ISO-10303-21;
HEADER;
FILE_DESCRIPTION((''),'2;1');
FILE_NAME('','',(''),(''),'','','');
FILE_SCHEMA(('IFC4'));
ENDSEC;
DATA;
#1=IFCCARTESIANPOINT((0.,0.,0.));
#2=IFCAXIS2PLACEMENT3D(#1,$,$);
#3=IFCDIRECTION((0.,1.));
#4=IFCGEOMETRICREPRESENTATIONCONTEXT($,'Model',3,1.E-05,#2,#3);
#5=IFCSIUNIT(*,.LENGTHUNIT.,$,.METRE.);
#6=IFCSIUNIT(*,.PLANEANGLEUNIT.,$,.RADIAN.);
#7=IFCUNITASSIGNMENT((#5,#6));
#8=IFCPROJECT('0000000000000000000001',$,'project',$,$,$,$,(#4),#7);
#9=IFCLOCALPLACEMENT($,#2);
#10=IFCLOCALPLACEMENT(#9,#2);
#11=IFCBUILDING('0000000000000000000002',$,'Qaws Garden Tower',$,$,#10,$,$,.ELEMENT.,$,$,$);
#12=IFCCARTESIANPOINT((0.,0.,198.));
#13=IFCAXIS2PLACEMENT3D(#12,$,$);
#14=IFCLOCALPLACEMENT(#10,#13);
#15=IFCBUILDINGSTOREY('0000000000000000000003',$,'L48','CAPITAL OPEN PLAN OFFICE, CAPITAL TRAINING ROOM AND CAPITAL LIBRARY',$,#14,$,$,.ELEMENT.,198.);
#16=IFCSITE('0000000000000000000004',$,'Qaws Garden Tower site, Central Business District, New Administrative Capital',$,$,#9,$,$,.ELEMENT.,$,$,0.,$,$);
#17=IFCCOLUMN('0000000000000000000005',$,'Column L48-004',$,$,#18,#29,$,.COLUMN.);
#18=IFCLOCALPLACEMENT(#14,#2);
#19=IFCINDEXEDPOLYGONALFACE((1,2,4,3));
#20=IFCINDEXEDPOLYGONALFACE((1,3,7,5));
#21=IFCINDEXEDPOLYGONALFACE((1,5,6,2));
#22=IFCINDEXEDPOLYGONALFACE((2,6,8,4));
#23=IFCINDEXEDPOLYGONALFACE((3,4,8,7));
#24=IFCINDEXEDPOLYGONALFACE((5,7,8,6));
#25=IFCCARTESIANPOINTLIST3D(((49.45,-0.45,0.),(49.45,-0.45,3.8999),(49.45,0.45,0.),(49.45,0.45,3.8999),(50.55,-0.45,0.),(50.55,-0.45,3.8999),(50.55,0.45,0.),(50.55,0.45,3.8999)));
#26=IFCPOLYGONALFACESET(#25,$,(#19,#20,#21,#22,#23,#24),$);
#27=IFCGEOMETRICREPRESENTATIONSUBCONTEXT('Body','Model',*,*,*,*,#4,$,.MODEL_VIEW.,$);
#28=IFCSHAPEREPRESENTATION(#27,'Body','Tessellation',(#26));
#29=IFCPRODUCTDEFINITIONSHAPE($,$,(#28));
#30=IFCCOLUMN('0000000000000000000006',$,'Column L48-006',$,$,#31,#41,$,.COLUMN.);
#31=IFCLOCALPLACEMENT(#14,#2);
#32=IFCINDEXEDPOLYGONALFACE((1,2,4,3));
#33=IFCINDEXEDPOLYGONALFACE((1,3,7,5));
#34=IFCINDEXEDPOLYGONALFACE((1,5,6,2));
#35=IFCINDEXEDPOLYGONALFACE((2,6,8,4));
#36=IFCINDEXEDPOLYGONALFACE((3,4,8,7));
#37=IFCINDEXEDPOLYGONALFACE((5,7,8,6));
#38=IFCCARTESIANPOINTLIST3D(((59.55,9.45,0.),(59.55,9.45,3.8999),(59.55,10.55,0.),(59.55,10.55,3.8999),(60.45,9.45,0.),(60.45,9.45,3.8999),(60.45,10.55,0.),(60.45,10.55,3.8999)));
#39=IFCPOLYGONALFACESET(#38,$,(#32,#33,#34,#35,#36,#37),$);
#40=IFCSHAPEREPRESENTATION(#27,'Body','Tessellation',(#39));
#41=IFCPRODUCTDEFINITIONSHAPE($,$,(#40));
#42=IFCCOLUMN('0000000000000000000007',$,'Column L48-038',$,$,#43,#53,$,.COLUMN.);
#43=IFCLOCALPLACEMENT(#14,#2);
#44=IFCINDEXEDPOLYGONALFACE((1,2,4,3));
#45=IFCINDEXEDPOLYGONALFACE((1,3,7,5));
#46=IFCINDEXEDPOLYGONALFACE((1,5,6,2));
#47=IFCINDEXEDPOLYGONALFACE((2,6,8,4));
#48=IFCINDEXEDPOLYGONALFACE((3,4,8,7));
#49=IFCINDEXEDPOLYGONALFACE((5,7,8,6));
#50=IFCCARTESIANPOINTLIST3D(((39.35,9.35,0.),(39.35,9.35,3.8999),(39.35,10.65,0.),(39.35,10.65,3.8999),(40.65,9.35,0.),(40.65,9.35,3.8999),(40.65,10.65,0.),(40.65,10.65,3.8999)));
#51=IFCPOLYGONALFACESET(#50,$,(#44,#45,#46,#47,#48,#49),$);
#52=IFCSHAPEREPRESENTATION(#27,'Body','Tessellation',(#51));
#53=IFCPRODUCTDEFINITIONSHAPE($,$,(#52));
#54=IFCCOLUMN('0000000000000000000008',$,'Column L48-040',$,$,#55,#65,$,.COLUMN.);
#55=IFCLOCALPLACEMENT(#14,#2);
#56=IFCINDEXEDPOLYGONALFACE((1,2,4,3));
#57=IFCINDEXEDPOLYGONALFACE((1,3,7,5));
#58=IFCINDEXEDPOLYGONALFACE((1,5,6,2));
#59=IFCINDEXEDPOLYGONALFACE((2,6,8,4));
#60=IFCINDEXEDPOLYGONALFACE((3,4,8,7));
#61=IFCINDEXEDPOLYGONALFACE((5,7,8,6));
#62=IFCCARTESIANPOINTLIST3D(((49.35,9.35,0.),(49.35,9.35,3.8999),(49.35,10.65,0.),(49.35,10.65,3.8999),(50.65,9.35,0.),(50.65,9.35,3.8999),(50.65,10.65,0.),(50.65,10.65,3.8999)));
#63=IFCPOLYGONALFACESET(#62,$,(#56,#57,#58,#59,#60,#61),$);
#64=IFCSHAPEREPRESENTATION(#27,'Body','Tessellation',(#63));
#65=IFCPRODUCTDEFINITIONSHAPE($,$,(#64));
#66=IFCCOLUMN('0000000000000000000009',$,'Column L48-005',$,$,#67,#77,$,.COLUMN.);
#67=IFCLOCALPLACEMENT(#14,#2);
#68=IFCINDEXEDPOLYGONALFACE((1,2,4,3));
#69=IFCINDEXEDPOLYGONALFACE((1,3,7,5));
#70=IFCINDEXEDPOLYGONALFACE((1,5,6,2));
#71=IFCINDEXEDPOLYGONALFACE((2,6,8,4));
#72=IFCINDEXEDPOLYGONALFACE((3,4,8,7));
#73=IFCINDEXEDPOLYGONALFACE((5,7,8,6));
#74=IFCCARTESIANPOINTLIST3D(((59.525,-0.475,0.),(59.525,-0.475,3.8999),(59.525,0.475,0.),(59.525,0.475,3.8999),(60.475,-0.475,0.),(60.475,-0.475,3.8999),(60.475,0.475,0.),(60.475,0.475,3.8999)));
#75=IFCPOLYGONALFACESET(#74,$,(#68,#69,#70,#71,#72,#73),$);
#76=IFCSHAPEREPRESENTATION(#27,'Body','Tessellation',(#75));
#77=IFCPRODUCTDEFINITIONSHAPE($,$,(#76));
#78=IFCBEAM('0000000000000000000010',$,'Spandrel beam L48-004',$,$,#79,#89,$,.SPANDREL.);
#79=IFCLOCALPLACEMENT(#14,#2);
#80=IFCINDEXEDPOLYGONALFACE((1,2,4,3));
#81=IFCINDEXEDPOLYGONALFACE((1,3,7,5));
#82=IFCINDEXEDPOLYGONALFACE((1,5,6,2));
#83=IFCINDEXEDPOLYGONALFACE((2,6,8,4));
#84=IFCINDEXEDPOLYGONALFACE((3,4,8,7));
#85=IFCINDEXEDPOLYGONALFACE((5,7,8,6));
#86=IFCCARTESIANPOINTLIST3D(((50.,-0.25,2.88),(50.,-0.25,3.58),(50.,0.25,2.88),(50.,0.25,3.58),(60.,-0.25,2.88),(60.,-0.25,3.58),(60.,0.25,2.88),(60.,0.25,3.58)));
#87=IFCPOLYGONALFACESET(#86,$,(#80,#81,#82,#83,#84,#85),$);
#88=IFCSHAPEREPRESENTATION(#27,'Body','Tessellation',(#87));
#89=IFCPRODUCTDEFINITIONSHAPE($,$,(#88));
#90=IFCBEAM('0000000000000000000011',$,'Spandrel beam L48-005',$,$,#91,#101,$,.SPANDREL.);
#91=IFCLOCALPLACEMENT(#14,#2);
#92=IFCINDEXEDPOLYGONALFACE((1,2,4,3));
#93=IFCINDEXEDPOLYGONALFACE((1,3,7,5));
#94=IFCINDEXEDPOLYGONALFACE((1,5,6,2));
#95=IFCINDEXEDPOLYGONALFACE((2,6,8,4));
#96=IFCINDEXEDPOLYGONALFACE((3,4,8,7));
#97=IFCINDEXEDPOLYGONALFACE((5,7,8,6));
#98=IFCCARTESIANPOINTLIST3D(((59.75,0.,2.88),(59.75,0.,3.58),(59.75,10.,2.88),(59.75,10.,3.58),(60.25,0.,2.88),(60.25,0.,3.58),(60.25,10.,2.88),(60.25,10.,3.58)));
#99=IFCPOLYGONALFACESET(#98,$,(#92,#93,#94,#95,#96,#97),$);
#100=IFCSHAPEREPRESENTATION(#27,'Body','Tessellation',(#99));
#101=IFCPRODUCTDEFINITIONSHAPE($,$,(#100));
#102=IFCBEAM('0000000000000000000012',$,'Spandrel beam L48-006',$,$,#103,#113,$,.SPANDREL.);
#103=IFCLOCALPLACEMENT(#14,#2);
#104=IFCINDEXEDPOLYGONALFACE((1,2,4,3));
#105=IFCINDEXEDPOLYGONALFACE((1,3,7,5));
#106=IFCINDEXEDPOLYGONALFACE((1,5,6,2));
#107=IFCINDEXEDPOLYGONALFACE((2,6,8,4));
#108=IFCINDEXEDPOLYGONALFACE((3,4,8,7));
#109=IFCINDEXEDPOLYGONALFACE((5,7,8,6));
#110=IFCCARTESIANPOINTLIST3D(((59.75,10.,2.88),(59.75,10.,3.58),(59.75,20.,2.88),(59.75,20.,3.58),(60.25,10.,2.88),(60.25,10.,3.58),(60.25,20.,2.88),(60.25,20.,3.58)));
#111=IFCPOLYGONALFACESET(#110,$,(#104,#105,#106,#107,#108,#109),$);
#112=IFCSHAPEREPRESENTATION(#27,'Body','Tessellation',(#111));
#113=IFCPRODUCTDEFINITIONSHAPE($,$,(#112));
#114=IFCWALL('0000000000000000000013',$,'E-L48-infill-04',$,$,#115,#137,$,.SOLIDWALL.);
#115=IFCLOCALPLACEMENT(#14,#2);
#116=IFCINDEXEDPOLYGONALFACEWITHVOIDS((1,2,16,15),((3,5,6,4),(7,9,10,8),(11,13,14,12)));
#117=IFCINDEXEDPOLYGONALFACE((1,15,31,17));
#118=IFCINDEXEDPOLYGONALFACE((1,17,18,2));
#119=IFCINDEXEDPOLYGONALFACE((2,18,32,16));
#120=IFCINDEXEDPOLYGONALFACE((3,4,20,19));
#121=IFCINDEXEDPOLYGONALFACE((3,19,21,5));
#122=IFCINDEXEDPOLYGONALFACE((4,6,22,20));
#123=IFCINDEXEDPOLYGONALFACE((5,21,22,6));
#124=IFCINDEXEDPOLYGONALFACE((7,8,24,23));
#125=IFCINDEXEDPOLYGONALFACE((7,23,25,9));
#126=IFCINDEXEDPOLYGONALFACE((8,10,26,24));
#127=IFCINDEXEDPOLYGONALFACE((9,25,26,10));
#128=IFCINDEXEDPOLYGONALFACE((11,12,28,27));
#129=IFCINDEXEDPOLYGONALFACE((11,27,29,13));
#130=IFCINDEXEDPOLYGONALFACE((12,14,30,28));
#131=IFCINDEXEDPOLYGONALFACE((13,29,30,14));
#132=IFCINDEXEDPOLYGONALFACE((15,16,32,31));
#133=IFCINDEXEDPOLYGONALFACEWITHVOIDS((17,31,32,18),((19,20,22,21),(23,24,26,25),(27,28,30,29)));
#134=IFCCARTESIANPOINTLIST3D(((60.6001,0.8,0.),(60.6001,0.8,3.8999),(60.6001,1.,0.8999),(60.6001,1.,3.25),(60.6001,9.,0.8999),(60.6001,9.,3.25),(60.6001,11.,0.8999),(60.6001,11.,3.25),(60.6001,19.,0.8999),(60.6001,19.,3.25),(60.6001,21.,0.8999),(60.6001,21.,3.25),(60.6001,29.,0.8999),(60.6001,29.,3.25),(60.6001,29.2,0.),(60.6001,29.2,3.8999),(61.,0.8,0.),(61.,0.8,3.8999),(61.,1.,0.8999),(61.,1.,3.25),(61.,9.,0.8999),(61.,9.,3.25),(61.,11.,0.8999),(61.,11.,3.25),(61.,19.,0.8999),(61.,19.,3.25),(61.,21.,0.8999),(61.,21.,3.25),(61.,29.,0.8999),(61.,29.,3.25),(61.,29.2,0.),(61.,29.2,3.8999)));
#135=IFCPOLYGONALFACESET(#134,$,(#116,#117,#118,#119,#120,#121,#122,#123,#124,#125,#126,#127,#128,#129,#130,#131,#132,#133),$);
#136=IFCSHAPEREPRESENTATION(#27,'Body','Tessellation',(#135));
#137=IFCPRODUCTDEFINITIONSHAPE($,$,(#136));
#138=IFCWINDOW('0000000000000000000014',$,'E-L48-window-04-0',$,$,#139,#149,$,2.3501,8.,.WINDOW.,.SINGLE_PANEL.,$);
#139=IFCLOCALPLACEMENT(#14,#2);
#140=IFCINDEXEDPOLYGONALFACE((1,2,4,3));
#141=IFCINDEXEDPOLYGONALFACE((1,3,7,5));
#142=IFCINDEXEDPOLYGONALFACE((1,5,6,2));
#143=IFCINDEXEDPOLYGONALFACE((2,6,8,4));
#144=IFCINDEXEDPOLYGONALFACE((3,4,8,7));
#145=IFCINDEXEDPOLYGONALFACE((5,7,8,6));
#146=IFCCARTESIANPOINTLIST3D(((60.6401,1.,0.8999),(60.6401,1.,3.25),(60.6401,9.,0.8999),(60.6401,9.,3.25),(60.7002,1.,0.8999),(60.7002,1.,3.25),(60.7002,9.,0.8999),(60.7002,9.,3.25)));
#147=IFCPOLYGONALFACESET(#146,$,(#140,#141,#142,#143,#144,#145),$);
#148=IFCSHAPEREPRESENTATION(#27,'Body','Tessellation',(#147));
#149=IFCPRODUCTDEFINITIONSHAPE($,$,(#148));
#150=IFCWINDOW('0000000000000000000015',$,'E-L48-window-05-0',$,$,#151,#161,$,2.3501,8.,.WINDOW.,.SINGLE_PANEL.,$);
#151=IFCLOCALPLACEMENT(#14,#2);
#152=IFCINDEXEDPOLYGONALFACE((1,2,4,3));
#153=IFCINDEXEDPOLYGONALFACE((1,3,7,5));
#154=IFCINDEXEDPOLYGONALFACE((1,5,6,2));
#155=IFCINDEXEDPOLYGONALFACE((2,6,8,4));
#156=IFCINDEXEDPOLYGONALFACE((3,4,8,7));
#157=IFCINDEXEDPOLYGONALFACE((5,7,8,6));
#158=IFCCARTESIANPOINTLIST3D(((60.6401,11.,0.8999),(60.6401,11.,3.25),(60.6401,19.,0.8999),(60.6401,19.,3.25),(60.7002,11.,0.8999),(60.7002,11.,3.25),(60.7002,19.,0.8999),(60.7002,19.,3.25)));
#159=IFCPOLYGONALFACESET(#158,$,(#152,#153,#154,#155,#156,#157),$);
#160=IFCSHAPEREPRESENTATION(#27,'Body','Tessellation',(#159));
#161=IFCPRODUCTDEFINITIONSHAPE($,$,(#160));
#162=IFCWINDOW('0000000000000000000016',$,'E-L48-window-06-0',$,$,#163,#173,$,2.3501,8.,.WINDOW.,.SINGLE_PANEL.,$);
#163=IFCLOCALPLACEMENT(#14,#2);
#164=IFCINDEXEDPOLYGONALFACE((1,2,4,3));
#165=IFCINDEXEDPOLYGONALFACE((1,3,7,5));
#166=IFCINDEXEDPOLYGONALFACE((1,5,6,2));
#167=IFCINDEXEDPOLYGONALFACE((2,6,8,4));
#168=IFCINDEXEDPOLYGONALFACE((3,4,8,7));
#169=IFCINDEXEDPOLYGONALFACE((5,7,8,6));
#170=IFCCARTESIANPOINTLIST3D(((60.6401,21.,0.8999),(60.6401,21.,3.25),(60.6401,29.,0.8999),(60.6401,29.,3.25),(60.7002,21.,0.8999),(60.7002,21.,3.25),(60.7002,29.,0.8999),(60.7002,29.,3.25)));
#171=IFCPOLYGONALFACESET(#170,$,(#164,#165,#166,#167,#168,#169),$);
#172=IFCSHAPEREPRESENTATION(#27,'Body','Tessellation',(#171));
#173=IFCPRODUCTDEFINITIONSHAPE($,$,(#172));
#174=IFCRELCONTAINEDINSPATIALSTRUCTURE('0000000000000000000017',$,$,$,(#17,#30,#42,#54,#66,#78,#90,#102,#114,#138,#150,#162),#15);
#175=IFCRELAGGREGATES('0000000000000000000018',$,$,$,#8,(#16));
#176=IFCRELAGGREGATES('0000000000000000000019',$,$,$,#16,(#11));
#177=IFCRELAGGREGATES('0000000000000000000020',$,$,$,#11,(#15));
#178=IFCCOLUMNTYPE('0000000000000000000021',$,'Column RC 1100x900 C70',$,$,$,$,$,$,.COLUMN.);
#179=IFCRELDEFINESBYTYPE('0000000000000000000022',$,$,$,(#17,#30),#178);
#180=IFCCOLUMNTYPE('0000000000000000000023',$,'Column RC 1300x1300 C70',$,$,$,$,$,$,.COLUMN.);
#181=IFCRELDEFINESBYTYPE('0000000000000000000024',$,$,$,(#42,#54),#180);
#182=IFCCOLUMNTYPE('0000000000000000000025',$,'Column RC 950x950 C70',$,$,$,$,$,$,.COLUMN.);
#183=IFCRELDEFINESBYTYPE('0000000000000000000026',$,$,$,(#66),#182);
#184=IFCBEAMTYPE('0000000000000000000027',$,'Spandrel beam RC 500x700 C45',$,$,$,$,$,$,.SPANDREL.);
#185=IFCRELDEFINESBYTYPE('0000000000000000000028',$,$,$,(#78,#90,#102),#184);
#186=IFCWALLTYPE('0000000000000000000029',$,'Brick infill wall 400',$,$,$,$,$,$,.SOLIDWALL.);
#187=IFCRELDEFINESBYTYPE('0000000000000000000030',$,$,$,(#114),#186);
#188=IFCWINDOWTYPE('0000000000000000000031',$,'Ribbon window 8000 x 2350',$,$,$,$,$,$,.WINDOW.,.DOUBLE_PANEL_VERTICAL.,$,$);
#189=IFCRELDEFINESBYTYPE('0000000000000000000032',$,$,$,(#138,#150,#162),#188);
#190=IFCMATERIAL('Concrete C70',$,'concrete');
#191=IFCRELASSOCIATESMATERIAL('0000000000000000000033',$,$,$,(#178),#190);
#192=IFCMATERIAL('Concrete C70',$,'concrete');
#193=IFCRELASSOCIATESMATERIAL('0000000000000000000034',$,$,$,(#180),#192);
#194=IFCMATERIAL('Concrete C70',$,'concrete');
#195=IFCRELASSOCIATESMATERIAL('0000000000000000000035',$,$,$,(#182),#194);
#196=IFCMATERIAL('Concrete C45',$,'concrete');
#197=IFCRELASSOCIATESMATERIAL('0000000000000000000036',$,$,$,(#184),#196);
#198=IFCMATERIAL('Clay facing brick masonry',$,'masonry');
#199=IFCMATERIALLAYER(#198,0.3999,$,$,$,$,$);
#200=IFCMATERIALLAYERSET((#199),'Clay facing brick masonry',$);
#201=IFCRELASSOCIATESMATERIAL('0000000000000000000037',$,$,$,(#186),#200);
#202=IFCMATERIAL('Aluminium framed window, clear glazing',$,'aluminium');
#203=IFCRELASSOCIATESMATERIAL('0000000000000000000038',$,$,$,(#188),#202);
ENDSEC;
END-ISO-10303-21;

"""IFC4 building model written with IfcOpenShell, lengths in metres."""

from ifc_helpers import new_model, si_unit, direction, frame, frame_2d, origin, origin_2d, place, context, subcontext, project, spatial, rectangle, extrude, material, layer, layer_set, material_profile, profile_set, type_object, element, fill, save


model = new_model("IFC4")

# Units and contexts
model_context = context("Model", 3, precision=1e-05, world=origin(), true_north=direction((0.0, 1.0)))
body_context = subcontext(model_context, "Body", "Model", "MODEL_VIEW")
ifc_project = project(units=[si_unit("LENGTHUNIT", "METRE"), si_unit("PLANEANGLEUNIT", "RADIAN")], contexts=[model_context])

# Site, building, storey
site_placement = place(None, origin())
site = spatial("IfcSite", under=ifc_project, at=site_placement, Name="Qaws Garden Tower site, Central Business District, New Administrative Capital", CompositionType="ELEMENT", RefElevation=0.0)
building_placement = place(site_placement, origin())
building = spatial("IfcBuilding", under=site, at=building_placement, Name="Qaws Garden Tower", CompositionType="ELEMENT")
storey_placement = place(building_placement, frame((0.0, 0.0, 198.0)))
storey = spatial("IfcBuildingStorey", under=building, at=storey_placement, Name="L48", Description="CAPITAL OPEN PLAN OFFICE, CAPITAL TRAINING ROOM AND CAPITAL LIBRARY", CompositionType="ELEMENT", Elevation=198.0)

# Columns
ifc_material_1 = material(Name="Concrete C70", Category="concrete")
ifc_material_profile_1 = material_profile(ifc_material_1, rectangle(XDim=1.1001, YDim=0.8999, at=origin_2d()), Name="RC 1100x900")
ifc_profile_set_1 = profile_set([ifc_material_profile_1], Name="Concrete C70")
column_type_1 = type_object("IfcColumnType", Name="Column RC 1100x900 C70", PredefinedType="COLUMN", material=ifc_profile_set_1)
for number, where, z_axis, x_axis, name in (
    (1, (50.0, 0.0, 0.0), (0.0, 0.0, 1.0), (1.0, 0.0, 0.0), "Column L48-004"),
    (2, (60.0, 10.0, 0.0), (0.0, 0.0, 1.0), (0.0, 1.0, 0.0), "Column L48-006"),
):
    element("IfcColumn", number, at=place(storey_placement, frame(where, z_axis=z_axis, x_axis=x_axis)), inside=storey, type_object=column_type_1, Name=name, PredefinedType="COLUMN", context=body_context, shape_type="SweptSolid", body=[
        extrude(rectangle(XDim=1.1001, YDim=0.8999, at=origin_2d()), origin(), (0.0, 0.0, 1.0), 3.8999),
    ])
ifc_material_2 = material(Name="Concrete C70", Category="concrete")
ifc_material_profile_2 = material_profile(ifc_material_2, rectangle(XDim=1.3, YDim=1.3, at=origin_2d()), Name="RC 1300x1300")
ifc_profile_set_2 = profile_set([ifc_material_profile_2], Name="Concrete C70")
column_type_2 = type_object("IfcColumnType", Name="Column RC 1300x1300 C70", PredefinedType="COLUMN", material=ifc_profile_set_2)
for number, where, z_axis, x_axis, name in (
    (3, (40.0, 10.0, 0.0), (0.0, 0.0, 1.0), (1.0, 0.0, 0.0), "Column L48-038"),
    (4, (50.0, 10.0, 0.0), (0.0, 0.0, 1.0), (1.0, 0.0, 0.0), "Column L48-040"),
):
    element("IfcColumn", number, at=place(storey_placement, frame(where, z_axis=z_axis, x_axis=x_axis)), inside=storey, type_object=column_type_2, Name=name, PredefinedType="COLUMN", context=body_context, shape_type="SweptSolid", body=[
        extrude(rectangle(XDim=1.3, YDim=1.3, at=origin_2d()), origin(), (0.0, 0.0, 1.0), 3.8999),
    ])
ifc_material_3 = material(Name="Concrete C70", Category="concrete")
ifc_material_profile_3 = material_profile(ifc_material_3, rectangle(XDim=0.95, YDim=0.95, at=origin_2d()), Name="RC 950x950")
ifc_profile_set_3 = profile_set([ifc_material_profile_3], Name="Concrete C70")
column_type_3 = type_object("IfcColumnType", Name="Column RC 950x950 C70", PredefinedType="COLUMN", material=ifc_profile_set_3)
column_placement = place(storey_placement, frame((60.0, 0.0, 0.0), z_axis=(0.0, 0.0, 1.0), x_axis=(1.0, 0.0, 0.0)))
element("IfcColumn", 5, at=column_placement, inside=storey, type_object=column_type_3, Name="Column L48-005", PredefinedType="COLUMN", context=body_context, shape_type="SweptSolid", body=[
    extrude(rectangle(XDim=0.95, YDim=0.95, at=origin_2d()), origin(), (0.0, 0.0, 1.0), 3.8999),
])

# Beams
ifc_material_4 = material(Name="Concrete C45", Category="concrete")
ifc_material_profile_4 = material_profile(ifc_material_4, rectangle(XDim=0.5, YDim=0.7, at=origin_2d()), Name="RC 500x700")
ifc_profile_set_4 = profile_set([ifc_material_profile_4], Name="Concrete C45")
beam_type = type_object("IfcBeamType", Name="Spandrel beam RC 500x700 C45", PredefinedType="SPANDREL", material=ifc_profile_set_4)
for number, where, z_axis, x_axis, name in (
    (6, (50.0, 0.0, 3.23), (1.0, 0.0, 0.0), (0.0, 1.0, 0.0), "Spandrel beam L48-004"),
    (7, (60.0, 0.0, 3.23), (0.0, 1.0, 0.0), (-1.0, 0.0, 0.0), "Spandrel beam L48-005"),
    (8, (60.0, 10.0, 3.23), (0.0, 1.0, 0.0), (-1.0, 0.0, 0.0), "Spandrel beam L48-006"),
):
    element("IfcBeam", number, at=place(storey_placement, frame(where, z_axis=z_axis, x_axis=x_axis)), inside=storey, type_object=beam_type, Name=name, PredefinedType="SPANDREL", context=body_context, shape_type="SweptSolid", body=[
        extrude(rectangle(XDim=0.5, YDim=0.7, at=origin_2d()), origin(), (0.0, 0.0, 1.0), 10.0),
    ])

# Wall, openings, windows
ifc_material_5 = material(Name="Clay facing brick masonry", Category="masonry")
ifc_layer_1 = layer(ifc_material_5, 0.3999)
ifc_layer_set_1 = layer_set([ifc_layer_1], Name="Clay facing brick masonry")
wall_type_1 = type_object("IfcWallType", Name="Brick infill wall 400", PredefinedType="SOLIDWALL", material=ifc_layer_set_1)
wall_1_placement = place(storey_placement, frame((60.8, 0.8, 0.0), z_axis=(0.0, 0.0, 1.0), x_axis=(0.0, 1.0, 0.0)))
wall_1 = element("IfcWall", 9, at=wall_1_placement, inside=storey, type_object=wall_type_1, Name="E-L48-infill-04", PredefinedType="SOLIDWALL", context=body_context, shape_type="SweptSolid", body=[
    extrude(rectangle(XDim=28.3999, YDim=0.3999, at=frame_2d((14.2, 0.0))), origin(), (0.0, 0.0, 1.0), 3.8999),
])
opening_1_placement = place(wall_1_placement, frame((0.2, 0.0, 0.8999)))
opening_1 = element("IfcOpeningElement", 10, at=opening_1_placement, cuts=wall_1, PredefinedType="OPENING", context=body_context, shape_type="SweptSolid", body=[
    extrude(rectangle(XDim=8.0, YDim=2.3501, at=frame_2d((4.0, 1.175))), frame((0.0, 0.21, 0.0), z_axis=(0.0, -1.0, 0.0), x_axis=(1.0, 0.0, 0.0)), (0.0, 0.0, 1.0), 0.4199),
])
opening_2_placement = place(wall_1_placement, frame((10.2, 0.0, 0.8999)))
opening_2 = element("IfcOpeningElement", 11, at=opening_2_placement, cuts=wall_1, PredefinedType="OPENING", context=body_context, shape_type="SweptSolid", body=[
    extrude(rectangle(XDim=8.0, YDim=2.3501, at=frame_2d((4.0, 1.175))), frame((0.0, 0.21, 0.0), z_axis=(0.0, -1.0, 0.0), x_axis=(1.0, 0.0, 0.0)), (0.0, 0.0, 1.0), 0.4199),
])
opening_3_placement = place(wall_1_placement, frame((20.2, 0.0, 0.8999)))
opening_3 = element("IfcOpeningElement", 12, at=opening_3_placement, cuts=wall_1, PredefinedType="OPENING", context=body_context, shape_type="SweptSolid", body=[
    extrude(rectangle(XDim=8.0, YDim=2.3501, at=frame_2d((4.0, 1.175))), frame((0.0, 0.21, 0.0), z_axis=(0.0, -1.0, 0.0), x_axis=(1.0, 0.0, 0.0)), (0.0, 0.0, 1.0), 0.4199),
])
ifc_material_6 = material(Name="Aluminium framed window, clear glazing", Category="aluminium")
window_type = type_object("IfcWindowType", Name="Ribbon window 8000 x 2350", PartitioningType="DOUBLE_PANEL_VERTICAL", PredefinedType="WINDOW", material=ifc_material_6)
window_1_placement = place(opening_1_placement, origin())
window_1 = element("IfcWindow", 13, at=window_1_placement, inside=storey, type_object=window_type, Name="E-L48-window-04-0", OverallHeight=2.3501, OverallWidth=8.0, PartitioningType="SINGLE_PANEL", PredefinedType="WINDOW", context=body_context, shape_type="SweptSolid", body=[
    extrude(rectangle(XDim=8.0, YDim=2.3501, at=frame_2d((4.0, 1.175))), frame((0.0, 0.1599, 0.0), z_axis=(0.0, -1.0, 0.0), x_axis=(1.0, 0.0, 0.0)), (0.0, 0.0, 1.0), 0.0601),
])
fill(opening_1, window_1)
window_2_placement = place(opening_2_placement, origin())
window_2 = element("IfcWindow", 14, at=window_2_placement, inside=storey, type_object=window_type, Name="E-L48-window-05-0", OverallHeight=2.3501, OverallWidth=8.0, PartitioningType="SINGLE_PANEL", PredefinedType="WINDOW", context=body_context, shape_type="SweptSolid", body=[
    extrude(rectangle(XDim=8.0, YDim=2.3501, at=frame_2d((4.0, 1.175))), frame((0.0, 0.1599, 0.0), z_axis=(0.0, -1.0, 0.0), x_axis=(1.0, 0.0, 0.0)), (0.0, 0.0, 1.0), 0.0601),
])
fill(opening_2, window_2)
window_3_placement = place(opening_3_placement, origin())
window_3 = element("IfcWindow", 15, at=window_3_placement, inside=storey, type_object=window_type, Name="E-L48-window-06-0", OverallHeight=2.3501, OverallWidth=8.0, PartitioningType="SINGLE_PANEL", PredefinedType="WINDOW", context=body_context, shape_type="SweptSolid", body=[
    extrude(rectangle(XDim=8.0, YDim=2.3501, at=frame_2d((4.0, 1.175))), frame((0.0, 0.1599, 0.0), z_axis=(0.0, -1.0, 0.0), x_axis=(1.0, 0.0, 0.0)), (0.0, 0.0, 1.0), 0.0601),
])
fill(opening_3, window_3)

save(model, "model.ifc")
